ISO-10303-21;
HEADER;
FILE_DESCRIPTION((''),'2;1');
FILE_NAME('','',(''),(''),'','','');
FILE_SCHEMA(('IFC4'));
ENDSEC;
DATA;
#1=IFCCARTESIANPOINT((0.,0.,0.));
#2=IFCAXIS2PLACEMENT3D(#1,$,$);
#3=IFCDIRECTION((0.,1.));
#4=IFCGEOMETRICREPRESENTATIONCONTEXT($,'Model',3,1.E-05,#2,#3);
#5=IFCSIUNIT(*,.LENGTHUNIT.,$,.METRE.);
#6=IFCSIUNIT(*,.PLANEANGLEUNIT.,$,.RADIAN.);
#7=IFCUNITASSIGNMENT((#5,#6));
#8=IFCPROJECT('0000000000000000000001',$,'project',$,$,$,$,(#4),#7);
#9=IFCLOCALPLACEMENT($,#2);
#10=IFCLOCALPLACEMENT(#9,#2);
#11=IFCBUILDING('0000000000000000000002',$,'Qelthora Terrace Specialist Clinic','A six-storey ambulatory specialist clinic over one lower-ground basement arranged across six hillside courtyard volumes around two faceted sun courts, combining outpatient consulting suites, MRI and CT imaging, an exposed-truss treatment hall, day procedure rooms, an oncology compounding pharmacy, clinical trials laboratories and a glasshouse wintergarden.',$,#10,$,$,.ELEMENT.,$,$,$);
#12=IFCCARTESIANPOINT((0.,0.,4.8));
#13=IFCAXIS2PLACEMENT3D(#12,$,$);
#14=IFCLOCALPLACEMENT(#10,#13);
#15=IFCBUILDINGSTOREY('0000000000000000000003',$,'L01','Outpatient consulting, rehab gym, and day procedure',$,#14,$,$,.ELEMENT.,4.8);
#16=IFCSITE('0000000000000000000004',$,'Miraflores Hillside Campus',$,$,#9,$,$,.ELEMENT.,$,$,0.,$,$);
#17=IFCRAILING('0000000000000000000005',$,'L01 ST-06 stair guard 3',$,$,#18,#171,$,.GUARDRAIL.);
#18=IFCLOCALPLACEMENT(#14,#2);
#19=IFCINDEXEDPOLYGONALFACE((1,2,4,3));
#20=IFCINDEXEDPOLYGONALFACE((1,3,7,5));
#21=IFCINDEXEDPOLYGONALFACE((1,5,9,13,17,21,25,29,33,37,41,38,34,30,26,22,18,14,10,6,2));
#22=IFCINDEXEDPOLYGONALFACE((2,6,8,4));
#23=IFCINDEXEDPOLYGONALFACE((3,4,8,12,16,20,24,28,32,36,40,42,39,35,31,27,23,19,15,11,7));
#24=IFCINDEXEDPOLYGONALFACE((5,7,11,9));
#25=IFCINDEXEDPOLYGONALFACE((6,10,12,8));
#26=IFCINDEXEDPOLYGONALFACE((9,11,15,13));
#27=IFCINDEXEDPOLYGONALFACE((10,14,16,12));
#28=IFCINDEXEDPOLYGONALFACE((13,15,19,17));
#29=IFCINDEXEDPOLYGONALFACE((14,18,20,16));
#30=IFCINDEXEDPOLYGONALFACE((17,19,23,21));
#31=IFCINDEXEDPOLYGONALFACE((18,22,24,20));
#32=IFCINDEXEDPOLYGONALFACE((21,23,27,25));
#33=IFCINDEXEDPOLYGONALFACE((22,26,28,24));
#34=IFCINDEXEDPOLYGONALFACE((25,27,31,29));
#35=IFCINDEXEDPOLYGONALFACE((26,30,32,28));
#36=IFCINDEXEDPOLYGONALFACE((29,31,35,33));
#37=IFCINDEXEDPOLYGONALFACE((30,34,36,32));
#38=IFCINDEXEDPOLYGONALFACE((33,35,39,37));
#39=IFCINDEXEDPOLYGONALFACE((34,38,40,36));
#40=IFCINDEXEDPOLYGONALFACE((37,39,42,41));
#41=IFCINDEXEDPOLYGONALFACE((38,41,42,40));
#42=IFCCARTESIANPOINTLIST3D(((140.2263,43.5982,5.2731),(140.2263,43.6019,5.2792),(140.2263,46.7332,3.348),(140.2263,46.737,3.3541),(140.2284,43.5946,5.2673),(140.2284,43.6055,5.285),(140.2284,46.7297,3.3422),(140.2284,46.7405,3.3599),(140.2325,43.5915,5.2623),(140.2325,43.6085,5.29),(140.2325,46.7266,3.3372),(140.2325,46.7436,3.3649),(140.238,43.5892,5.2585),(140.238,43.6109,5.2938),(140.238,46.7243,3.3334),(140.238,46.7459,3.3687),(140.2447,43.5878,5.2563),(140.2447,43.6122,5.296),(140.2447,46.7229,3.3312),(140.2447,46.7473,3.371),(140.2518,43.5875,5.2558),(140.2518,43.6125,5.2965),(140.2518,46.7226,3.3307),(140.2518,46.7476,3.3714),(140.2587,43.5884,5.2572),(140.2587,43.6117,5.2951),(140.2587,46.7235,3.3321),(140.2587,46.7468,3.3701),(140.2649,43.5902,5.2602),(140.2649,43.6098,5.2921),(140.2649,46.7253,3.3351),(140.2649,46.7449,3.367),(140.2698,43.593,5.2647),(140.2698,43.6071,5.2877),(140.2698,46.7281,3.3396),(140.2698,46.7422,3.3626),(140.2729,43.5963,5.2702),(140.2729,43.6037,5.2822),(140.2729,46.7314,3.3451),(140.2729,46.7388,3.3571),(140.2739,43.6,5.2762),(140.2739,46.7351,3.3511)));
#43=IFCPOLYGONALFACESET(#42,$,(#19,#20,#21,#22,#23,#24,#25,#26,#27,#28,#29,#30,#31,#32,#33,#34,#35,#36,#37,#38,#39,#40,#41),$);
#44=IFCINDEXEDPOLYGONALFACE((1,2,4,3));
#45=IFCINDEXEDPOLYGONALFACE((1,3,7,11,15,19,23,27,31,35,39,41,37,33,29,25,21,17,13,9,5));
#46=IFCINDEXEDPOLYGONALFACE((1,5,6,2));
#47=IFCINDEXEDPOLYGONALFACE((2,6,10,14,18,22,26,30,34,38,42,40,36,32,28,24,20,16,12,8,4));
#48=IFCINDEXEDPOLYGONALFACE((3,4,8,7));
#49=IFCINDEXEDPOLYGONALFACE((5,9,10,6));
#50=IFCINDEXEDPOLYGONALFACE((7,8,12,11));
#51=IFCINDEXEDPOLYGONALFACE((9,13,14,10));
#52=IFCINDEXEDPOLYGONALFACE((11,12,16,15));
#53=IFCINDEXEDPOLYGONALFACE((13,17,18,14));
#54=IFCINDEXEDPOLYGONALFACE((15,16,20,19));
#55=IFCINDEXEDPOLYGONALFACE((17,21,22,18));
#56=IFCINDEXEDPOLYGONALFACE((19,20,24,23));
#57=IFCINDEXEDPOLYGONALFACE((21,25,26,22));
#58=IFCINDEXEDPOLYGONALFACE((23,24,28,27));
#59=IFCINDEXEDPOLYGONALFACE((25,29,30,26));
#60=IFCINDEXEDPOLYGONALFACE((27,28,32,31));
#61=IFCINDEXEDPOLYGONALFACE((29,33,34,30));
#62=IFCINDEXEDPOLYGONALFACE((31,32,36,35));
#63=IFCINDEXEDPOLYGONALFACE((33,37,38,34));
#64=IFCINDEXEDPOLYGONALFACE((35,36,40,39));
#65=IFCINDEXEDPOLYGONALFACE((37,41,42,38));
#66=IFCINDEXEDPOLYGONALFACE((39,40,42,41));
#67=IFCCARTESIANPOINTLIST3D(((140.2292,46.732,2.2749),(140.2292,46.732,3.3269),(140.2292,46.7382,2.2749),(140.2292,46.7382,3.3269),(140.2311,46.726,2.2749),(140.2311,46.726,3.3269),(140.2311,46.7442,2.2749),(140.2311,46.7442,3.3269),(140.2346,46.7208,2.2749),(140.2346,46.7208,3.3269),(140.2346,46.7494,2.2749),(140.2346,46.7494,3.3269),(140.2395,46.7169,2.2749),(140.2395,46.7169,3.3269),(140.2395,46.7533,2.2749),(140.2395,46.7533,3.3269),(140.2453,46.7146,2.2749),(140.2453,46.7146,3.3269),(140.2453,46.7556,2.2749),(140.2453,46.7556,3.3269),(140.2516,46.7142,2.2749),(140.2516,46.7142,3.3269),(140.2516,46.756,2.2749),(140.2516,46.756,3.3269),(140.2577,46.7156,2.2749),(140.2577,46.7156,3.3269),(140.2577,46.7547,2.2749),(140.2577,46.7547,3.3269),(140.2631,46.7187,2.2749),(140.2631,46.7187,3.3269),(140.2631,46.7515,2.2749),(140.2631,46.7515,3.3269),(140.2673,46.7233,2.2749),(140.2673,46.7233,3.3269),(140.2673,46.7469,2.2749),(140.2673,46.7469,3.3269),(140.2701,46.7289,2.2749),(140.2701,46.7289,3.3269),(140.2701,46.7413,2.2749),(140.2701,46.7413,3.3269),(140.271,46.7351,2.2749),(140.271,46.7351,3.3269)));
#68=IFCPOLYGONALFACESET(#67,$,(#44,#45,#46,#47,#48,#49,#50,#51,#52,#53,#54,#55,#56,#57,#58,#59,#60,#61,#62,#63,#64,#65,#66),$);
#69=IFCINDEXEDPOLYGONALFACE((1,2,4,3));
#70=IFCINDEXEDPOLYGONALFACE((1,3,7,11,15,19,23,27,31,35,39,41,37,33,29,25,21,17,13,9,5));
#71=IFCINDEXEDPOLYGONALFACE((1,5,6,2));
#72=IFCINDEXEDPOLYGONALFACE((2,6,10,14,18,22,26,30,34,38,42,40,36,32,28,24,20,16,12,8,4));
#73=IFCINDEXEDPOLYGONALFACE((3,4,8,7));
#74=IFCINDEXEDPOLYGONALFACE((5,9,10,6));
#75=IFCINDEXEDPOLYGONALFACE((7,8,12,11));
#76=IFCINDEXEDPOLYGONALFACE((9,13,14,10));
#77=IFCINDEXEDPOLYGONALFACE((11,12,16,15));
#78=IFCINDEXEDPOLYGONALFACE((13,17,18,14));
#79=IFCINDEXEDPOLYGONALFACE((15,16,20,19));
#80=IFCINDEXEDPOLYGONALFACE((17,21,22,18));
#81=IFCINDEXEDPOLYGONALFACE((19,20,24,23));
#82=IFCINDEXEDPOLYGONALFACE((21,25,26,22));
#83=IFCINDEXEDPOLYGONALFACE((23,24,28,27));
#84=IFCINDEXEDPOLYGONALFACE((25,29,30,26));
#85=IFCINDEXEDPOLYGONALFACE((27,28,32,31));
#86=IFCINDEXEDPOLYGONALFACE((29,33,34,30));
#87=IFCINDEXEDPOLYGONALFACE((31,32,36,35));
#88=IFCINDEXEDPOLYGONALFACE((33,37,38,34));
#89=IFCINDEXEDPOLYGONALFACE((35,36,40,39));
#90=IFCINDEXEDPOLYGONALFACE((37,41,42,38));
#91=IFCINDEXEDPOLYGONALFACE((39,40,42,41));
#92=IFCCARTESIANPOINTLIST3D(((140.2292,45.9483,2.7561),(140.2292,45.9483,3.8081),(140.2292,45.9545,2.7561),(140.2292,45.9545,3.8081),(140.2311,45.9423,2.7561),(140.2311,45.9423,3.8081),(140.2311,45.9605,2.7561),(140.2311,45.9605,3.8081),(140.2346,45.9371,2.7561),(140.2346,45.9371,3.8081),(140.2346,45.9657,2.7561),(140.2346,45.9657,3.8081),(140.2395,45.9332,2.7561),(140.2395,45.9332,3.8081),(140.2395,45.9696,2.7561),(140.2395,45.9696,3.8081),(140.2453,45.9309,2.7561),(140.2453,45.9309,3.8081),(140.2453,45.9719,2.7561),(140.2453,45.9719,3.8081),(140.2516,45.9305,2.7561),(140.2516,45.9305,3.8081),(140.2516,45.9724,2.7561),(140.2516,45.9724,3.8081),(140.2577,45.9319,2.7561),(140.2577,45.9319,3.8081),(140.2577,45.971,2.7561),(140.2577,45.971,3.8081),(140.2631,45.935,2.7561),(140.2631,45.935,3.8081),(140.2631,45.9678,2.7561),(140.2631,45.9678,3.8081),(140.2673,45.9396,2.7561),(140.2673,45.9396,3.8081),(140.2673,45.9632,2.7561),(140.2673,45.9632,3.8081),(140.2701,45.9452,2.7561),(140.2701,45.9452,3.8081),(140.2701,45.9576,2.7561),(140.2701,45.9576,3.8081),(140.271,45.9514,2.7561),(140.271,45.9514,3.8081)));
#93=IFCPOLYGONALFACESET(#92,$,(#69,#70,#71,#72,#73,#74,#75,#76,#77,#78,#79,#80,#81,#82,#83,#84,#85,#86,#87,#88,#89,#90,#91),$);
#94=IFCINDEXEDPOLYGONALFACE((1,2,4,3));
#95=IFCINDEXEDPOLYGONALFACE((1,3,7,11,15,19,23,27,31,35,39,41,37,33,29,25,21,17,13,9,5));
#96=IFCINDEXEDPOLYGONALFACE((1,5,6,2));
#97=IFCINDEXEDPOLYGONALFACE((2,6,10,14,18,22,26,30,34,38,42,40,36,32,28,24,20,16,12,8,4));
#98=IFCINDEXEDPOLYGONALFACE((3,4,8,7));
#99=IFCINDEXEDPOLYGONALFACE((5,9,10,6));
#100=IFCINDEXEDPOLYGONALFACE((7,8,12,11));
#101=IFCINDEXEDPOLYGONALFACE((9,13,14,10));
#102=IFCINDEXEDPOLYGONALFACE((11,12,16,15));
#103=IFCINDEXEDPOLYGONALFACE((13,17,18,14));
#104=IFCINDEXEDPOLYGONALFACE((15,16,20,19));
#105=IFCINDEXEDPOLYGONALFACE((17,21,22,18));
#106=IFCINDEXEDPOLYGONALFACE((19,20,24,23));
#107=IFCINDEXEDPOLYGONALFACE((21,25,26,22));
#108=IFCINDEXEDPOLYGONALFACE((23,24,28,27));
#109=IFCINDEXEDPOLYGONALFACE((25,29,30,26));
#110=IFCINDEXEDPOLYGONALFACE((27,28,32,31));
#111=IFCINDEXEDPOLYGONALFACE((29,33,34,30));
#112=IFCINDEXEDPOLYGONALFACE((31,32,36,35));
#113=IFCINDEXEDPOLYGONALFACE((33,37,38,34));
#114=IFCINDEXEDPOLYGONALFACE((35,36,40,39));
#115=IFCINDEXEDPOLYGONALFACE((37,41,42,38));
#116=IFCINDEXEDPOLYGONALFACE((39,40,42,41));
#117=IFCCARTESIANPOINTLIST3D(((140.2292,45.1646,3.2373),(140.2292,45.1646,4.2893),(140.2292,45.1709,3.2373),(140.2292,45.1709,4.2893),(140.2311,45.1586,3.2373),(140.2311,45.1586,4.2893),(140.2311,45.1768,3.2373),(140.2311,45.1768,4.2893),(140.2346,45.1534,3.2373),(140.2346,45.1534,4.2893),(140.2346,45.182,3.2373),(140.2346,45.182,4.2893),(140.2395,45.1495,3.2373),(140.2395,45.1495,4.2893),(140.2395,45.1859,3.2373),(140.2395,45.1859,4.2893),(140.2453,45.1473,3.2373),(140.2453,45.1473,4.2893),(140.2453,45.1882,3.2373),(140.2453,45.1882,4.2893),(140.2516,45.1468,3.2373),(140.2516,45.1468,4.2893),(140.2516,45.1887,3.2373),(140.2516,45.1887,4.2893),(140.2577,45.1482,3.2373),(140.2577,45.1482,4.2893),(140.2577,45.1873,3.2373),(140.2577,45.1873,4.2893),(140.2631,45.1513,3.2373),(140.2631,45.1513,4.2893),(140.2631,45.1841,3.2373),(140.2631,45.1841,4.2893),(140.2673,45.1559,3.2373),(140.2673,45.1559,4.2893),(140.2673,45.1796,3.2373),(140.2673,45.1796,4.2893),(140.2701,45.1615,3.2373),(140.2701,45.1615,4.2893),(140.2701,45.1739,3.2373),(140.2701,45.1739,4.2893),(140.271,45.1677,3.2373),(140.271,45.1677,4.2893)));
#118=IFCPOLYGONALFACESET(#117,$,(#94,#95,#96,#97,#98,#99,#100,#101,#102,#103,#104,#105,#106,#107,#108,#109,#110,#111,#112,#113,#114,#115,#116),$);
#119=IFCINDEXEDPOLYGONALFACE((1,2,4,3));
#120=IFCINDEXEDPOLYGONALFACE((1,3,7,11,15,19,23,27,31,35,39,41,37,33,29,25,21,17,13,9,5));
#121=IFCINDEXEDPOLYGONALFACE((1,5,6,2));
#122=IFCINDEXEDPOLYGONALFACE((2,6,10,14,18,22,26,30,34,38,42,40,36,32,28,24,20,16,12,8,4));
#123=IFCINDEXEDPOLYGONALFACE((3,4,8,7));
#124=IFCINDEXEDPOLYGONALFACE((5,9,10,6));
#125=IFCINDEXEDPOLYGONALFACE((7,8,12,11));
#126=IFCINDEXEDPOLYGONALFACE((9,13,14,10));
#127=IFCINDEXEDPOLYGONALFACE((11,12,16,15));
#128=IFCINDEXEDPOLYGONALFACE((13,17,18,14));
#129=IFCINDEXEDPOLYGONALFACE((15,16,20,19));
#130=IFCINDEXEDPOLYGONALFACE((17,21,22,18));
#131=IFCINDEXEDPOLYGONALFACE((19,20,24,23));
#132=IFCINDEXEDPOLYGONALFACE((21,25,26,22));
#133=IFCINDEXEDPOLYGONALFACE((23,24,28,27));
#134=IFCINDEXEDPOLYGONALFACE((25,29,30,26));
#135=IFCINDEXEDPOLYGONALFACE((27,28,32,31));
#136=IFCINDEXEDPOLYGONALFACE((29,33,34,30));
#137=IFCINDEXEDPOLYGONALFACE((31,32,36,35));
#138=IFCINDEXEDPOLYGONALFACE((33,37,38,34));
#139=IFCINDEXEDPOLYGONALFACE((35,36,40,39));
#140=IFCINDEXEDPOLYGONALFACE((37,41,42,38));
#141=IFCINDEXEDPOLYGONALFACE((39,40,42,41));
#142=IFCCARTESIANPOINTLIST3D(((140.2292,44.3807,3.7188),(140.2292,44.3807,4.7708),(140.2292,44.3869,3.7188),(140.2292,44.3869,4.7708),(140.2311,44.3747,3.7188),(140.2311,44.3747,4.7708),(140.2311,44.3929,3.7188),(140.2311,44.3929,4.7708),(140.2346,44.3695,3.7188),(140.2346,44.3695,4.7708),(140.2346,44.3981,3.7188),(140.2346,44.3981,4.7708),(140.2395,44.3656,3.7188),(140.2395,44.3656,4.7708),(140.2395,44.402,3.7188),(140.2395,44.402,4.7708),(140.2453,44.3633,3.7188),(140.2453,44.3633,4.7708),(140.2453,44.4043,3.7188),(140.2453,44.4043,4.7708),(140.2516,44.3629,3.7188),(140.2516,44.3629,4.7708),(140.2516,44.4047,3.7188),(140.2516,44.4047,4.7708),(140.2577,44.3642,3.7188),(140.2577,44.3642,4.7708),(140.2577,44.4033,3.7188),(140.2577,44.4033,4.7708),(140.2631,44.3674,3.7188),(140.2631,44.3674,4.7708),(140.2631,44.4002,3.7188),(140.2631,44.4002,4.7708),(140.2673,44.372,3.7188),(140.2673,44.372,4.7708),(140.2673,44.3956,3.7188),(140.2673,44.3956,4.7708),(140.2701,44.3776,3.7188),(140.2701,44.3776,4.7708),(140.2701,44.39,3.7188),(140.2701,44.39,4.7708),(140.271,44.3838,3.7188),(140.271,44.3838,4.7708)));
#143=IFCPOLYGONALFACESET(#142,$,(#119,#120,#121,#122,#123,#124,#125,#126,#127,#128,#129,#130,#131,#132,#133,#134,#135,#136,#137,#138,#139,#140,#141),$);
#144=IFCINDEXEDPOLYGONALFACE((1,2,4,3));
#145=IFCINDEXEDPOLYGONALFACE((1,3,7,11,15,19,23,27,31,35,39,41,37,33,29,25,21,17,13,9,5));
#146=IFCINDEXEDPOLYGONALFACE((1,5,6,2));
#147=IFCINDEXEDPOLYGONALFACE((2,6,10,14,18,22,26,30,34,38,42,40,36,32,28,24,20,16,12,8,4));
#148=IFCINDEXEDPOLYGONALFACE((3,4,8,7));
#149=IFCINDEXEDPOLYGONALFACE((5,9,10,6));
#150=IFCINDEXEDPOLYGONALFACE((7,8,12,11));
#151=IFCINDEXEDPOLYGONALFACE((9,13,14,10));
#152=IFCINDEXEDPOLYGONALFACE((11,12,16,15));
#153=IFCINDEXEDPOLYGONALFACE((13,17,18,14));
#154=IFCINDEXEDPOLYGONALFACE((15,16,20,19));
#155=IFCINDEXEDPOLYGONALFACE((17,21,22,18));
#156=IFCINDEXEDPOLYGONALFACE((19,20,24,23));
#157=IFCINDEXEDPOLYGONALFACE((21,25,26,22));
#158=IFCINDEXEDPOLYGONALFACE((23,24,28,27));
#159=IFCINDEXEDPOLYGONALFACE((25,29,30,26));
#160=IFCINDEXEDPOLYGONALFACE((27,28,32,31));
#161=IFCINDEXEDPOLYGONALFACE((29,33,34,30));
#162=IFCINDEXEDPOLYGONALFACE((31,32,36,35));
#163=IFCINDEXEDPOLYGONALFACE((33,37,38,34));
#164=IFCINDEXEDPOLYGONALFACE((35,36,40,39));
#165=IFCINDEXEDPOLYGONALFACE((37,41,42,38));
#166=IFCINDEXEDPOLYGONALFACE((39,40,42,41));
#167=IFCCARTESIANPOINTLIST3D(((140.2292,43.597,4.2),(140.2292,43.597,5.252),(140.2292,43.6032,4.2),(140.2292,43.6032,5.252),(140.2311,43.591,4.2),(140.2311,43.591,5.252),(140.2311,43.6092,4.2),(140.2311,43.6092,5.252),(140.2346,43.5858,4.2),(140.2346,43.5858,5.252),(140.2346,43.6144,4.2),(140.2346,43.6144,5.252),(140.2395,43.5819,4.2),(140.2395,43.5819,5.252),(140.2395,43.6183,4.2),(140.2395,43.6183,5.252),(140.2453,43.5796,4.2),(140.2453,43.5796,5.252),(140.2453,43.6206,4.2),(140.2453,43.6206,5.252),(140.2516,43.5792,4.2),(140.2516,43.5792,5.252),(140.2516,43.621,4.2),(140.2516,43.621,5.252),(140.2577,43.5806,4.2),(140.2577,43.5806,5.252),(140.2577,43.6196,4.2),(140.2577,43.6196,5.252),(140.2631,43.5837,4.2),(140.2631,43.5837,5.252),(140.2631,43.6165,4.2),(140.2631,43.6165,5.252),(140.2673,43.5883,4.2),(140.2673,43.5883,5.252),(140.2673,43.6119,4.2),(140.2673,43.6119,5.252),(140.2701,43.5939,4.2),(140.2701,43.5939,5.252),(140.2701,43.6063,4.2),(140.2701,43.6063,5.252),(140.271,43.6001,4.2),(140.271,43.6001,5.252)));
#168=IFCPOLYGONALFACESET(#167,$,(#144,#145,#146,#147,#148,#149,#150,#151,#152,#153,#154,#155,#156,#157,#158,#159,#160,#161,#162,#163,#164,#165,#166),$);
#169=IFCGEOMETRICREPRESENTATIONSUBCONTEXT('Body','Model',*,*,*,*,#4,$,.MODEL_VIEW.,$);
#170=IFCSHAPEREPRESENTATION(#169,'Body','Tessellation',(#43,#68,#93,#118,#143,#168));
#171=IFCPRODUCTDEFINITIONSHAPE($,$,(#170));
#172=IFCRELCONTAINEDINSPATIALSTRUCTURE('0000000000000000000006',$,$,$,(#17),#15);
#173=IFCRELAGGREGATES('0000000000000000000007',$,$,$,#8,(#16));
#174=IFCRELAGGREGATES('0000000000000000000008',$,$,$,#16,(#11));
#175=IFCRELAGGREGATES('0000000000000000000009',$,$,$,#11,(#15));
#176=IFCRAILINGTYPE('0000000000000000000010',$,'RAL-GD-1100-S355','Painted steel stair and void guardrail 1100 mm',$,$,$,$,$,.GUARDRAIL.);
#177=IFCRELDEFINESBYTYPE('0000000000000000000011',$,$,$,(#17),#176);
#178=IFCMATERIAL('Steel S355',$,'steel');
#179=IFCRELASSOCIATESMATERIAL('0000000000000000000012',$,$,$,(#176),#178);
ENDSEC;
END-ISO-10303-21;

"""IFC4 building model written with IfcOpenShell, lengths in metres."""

from ifc_helpers import new_model, si_unit, direction, frame, origin, origin_2d, place, context, subcontext, project, spatial, circle, extrude, material, type_object, element, save


model = new_model("IFC4")

# Units and contexts
model_context = context("Model", 3, precision=1e-05, world=origin(), true_north=direction((0.0, 1.0)))
body_context = subcontext(model_context, "Body", "Model", "MODEL_VIEW")
ifc_project = project(units=[si_unit("LENGTHUNIT", "METRE"), si_unit("PLANEANGLEUNIT", "RADIAN")], contexts=[model_context])

# Site, building, storey
site_placement = place(None, origin())
site = spatial("IfcSite", under=ifc_project, at=site_placement, Name="Miraflores Hillside Campus", CompositionType="ELEMENT", RefElevation=0.0)
building_placement = place(site_placement, origin())
building = spatial("IfcBuilding", under=site, at=building_placement, Name="Qelthora Terrace Specialist Clinic", Description="A six-storey ambulatory specialist clinic over one lower-ground basement arranged across six hillside courtyard volumes around two faceted sun courts, combining outpatient consulting suites, MRI and CT imaging, an exposed-truss treatment hall, day procedure rooms, an oncology compounding pharmacy, clinical trials laboratories and a glasshouse wintergarden.", CompositionType="ELEMENT")
storey_placement = place(building_placement, frame((0.0, 0.0, 4.8)))
storey = spatial("IfcBuildingStorey", under=building, at=storey_placement, Name="L01", Description="Outpatient consulting, rehab gym, and day procedure", CompositionType="ELEMENT", Elevation=4.8)

# Railing
ifc_material_1 = material(Name="Steel S355", Category="steel")
railing_type_1 = type_object("IfcRailingType", Name="RAL-GD-1100-S355", Description="Painted steel stair and void guardrail 1100 mm", PredefinedType="GUARDRAIL", material=ifc_material_1)
railing_1_placement = place(storey_placement, frame((140.25, 46.7351, 2.2749)))
element("IfcRailing", 1, at=railing_1_placement, inside=storey, type_object=railing_type_1, Name="L01 ST-06 stair guard 3", PredefinedType="GUARDRAIL", context=body_context, shape_type="SweptSolid", body=[
    extrude(circle(Radius=0.0239, at=origin_2d()), frame((0.0, 0.0, 1.0762), z_axis=(0.0, -0.852166, 0.523271), x_axis=(1.0, 0.0, 0.0)), (0.0, 0.0, 1.0), 3.679),
    extrude(circle(Radius=0.021, at=origin_2d()), origin(), (0.0, 0.0, 1.0), 1.052),
    extrude(circle(Radius=0.021, at=origin_2d()), frame((0.0, -0.7837, 0.4812)), (0.0, 0.0, 1.0), 1.052),
    extrude(circle(Radius=0.021, at=origin_2d()), frame((0.0, -1.5674, 0.9624)), (0.0, 0.0, 1.0), 1.052),
    extrude(circle(Radius=0.021, at=origin_2d()), frame((0.0, -2.3513, 1.4438)), (0.0, 0.0, 1.0), 1.052),
    extrude(circle(Radius=0.021, at=origin_2d()), frame((0.0, -3.135, 1.925)), (0.0, 0.0, 1.0), 1.052),
])

save(model, "model.ifc")
